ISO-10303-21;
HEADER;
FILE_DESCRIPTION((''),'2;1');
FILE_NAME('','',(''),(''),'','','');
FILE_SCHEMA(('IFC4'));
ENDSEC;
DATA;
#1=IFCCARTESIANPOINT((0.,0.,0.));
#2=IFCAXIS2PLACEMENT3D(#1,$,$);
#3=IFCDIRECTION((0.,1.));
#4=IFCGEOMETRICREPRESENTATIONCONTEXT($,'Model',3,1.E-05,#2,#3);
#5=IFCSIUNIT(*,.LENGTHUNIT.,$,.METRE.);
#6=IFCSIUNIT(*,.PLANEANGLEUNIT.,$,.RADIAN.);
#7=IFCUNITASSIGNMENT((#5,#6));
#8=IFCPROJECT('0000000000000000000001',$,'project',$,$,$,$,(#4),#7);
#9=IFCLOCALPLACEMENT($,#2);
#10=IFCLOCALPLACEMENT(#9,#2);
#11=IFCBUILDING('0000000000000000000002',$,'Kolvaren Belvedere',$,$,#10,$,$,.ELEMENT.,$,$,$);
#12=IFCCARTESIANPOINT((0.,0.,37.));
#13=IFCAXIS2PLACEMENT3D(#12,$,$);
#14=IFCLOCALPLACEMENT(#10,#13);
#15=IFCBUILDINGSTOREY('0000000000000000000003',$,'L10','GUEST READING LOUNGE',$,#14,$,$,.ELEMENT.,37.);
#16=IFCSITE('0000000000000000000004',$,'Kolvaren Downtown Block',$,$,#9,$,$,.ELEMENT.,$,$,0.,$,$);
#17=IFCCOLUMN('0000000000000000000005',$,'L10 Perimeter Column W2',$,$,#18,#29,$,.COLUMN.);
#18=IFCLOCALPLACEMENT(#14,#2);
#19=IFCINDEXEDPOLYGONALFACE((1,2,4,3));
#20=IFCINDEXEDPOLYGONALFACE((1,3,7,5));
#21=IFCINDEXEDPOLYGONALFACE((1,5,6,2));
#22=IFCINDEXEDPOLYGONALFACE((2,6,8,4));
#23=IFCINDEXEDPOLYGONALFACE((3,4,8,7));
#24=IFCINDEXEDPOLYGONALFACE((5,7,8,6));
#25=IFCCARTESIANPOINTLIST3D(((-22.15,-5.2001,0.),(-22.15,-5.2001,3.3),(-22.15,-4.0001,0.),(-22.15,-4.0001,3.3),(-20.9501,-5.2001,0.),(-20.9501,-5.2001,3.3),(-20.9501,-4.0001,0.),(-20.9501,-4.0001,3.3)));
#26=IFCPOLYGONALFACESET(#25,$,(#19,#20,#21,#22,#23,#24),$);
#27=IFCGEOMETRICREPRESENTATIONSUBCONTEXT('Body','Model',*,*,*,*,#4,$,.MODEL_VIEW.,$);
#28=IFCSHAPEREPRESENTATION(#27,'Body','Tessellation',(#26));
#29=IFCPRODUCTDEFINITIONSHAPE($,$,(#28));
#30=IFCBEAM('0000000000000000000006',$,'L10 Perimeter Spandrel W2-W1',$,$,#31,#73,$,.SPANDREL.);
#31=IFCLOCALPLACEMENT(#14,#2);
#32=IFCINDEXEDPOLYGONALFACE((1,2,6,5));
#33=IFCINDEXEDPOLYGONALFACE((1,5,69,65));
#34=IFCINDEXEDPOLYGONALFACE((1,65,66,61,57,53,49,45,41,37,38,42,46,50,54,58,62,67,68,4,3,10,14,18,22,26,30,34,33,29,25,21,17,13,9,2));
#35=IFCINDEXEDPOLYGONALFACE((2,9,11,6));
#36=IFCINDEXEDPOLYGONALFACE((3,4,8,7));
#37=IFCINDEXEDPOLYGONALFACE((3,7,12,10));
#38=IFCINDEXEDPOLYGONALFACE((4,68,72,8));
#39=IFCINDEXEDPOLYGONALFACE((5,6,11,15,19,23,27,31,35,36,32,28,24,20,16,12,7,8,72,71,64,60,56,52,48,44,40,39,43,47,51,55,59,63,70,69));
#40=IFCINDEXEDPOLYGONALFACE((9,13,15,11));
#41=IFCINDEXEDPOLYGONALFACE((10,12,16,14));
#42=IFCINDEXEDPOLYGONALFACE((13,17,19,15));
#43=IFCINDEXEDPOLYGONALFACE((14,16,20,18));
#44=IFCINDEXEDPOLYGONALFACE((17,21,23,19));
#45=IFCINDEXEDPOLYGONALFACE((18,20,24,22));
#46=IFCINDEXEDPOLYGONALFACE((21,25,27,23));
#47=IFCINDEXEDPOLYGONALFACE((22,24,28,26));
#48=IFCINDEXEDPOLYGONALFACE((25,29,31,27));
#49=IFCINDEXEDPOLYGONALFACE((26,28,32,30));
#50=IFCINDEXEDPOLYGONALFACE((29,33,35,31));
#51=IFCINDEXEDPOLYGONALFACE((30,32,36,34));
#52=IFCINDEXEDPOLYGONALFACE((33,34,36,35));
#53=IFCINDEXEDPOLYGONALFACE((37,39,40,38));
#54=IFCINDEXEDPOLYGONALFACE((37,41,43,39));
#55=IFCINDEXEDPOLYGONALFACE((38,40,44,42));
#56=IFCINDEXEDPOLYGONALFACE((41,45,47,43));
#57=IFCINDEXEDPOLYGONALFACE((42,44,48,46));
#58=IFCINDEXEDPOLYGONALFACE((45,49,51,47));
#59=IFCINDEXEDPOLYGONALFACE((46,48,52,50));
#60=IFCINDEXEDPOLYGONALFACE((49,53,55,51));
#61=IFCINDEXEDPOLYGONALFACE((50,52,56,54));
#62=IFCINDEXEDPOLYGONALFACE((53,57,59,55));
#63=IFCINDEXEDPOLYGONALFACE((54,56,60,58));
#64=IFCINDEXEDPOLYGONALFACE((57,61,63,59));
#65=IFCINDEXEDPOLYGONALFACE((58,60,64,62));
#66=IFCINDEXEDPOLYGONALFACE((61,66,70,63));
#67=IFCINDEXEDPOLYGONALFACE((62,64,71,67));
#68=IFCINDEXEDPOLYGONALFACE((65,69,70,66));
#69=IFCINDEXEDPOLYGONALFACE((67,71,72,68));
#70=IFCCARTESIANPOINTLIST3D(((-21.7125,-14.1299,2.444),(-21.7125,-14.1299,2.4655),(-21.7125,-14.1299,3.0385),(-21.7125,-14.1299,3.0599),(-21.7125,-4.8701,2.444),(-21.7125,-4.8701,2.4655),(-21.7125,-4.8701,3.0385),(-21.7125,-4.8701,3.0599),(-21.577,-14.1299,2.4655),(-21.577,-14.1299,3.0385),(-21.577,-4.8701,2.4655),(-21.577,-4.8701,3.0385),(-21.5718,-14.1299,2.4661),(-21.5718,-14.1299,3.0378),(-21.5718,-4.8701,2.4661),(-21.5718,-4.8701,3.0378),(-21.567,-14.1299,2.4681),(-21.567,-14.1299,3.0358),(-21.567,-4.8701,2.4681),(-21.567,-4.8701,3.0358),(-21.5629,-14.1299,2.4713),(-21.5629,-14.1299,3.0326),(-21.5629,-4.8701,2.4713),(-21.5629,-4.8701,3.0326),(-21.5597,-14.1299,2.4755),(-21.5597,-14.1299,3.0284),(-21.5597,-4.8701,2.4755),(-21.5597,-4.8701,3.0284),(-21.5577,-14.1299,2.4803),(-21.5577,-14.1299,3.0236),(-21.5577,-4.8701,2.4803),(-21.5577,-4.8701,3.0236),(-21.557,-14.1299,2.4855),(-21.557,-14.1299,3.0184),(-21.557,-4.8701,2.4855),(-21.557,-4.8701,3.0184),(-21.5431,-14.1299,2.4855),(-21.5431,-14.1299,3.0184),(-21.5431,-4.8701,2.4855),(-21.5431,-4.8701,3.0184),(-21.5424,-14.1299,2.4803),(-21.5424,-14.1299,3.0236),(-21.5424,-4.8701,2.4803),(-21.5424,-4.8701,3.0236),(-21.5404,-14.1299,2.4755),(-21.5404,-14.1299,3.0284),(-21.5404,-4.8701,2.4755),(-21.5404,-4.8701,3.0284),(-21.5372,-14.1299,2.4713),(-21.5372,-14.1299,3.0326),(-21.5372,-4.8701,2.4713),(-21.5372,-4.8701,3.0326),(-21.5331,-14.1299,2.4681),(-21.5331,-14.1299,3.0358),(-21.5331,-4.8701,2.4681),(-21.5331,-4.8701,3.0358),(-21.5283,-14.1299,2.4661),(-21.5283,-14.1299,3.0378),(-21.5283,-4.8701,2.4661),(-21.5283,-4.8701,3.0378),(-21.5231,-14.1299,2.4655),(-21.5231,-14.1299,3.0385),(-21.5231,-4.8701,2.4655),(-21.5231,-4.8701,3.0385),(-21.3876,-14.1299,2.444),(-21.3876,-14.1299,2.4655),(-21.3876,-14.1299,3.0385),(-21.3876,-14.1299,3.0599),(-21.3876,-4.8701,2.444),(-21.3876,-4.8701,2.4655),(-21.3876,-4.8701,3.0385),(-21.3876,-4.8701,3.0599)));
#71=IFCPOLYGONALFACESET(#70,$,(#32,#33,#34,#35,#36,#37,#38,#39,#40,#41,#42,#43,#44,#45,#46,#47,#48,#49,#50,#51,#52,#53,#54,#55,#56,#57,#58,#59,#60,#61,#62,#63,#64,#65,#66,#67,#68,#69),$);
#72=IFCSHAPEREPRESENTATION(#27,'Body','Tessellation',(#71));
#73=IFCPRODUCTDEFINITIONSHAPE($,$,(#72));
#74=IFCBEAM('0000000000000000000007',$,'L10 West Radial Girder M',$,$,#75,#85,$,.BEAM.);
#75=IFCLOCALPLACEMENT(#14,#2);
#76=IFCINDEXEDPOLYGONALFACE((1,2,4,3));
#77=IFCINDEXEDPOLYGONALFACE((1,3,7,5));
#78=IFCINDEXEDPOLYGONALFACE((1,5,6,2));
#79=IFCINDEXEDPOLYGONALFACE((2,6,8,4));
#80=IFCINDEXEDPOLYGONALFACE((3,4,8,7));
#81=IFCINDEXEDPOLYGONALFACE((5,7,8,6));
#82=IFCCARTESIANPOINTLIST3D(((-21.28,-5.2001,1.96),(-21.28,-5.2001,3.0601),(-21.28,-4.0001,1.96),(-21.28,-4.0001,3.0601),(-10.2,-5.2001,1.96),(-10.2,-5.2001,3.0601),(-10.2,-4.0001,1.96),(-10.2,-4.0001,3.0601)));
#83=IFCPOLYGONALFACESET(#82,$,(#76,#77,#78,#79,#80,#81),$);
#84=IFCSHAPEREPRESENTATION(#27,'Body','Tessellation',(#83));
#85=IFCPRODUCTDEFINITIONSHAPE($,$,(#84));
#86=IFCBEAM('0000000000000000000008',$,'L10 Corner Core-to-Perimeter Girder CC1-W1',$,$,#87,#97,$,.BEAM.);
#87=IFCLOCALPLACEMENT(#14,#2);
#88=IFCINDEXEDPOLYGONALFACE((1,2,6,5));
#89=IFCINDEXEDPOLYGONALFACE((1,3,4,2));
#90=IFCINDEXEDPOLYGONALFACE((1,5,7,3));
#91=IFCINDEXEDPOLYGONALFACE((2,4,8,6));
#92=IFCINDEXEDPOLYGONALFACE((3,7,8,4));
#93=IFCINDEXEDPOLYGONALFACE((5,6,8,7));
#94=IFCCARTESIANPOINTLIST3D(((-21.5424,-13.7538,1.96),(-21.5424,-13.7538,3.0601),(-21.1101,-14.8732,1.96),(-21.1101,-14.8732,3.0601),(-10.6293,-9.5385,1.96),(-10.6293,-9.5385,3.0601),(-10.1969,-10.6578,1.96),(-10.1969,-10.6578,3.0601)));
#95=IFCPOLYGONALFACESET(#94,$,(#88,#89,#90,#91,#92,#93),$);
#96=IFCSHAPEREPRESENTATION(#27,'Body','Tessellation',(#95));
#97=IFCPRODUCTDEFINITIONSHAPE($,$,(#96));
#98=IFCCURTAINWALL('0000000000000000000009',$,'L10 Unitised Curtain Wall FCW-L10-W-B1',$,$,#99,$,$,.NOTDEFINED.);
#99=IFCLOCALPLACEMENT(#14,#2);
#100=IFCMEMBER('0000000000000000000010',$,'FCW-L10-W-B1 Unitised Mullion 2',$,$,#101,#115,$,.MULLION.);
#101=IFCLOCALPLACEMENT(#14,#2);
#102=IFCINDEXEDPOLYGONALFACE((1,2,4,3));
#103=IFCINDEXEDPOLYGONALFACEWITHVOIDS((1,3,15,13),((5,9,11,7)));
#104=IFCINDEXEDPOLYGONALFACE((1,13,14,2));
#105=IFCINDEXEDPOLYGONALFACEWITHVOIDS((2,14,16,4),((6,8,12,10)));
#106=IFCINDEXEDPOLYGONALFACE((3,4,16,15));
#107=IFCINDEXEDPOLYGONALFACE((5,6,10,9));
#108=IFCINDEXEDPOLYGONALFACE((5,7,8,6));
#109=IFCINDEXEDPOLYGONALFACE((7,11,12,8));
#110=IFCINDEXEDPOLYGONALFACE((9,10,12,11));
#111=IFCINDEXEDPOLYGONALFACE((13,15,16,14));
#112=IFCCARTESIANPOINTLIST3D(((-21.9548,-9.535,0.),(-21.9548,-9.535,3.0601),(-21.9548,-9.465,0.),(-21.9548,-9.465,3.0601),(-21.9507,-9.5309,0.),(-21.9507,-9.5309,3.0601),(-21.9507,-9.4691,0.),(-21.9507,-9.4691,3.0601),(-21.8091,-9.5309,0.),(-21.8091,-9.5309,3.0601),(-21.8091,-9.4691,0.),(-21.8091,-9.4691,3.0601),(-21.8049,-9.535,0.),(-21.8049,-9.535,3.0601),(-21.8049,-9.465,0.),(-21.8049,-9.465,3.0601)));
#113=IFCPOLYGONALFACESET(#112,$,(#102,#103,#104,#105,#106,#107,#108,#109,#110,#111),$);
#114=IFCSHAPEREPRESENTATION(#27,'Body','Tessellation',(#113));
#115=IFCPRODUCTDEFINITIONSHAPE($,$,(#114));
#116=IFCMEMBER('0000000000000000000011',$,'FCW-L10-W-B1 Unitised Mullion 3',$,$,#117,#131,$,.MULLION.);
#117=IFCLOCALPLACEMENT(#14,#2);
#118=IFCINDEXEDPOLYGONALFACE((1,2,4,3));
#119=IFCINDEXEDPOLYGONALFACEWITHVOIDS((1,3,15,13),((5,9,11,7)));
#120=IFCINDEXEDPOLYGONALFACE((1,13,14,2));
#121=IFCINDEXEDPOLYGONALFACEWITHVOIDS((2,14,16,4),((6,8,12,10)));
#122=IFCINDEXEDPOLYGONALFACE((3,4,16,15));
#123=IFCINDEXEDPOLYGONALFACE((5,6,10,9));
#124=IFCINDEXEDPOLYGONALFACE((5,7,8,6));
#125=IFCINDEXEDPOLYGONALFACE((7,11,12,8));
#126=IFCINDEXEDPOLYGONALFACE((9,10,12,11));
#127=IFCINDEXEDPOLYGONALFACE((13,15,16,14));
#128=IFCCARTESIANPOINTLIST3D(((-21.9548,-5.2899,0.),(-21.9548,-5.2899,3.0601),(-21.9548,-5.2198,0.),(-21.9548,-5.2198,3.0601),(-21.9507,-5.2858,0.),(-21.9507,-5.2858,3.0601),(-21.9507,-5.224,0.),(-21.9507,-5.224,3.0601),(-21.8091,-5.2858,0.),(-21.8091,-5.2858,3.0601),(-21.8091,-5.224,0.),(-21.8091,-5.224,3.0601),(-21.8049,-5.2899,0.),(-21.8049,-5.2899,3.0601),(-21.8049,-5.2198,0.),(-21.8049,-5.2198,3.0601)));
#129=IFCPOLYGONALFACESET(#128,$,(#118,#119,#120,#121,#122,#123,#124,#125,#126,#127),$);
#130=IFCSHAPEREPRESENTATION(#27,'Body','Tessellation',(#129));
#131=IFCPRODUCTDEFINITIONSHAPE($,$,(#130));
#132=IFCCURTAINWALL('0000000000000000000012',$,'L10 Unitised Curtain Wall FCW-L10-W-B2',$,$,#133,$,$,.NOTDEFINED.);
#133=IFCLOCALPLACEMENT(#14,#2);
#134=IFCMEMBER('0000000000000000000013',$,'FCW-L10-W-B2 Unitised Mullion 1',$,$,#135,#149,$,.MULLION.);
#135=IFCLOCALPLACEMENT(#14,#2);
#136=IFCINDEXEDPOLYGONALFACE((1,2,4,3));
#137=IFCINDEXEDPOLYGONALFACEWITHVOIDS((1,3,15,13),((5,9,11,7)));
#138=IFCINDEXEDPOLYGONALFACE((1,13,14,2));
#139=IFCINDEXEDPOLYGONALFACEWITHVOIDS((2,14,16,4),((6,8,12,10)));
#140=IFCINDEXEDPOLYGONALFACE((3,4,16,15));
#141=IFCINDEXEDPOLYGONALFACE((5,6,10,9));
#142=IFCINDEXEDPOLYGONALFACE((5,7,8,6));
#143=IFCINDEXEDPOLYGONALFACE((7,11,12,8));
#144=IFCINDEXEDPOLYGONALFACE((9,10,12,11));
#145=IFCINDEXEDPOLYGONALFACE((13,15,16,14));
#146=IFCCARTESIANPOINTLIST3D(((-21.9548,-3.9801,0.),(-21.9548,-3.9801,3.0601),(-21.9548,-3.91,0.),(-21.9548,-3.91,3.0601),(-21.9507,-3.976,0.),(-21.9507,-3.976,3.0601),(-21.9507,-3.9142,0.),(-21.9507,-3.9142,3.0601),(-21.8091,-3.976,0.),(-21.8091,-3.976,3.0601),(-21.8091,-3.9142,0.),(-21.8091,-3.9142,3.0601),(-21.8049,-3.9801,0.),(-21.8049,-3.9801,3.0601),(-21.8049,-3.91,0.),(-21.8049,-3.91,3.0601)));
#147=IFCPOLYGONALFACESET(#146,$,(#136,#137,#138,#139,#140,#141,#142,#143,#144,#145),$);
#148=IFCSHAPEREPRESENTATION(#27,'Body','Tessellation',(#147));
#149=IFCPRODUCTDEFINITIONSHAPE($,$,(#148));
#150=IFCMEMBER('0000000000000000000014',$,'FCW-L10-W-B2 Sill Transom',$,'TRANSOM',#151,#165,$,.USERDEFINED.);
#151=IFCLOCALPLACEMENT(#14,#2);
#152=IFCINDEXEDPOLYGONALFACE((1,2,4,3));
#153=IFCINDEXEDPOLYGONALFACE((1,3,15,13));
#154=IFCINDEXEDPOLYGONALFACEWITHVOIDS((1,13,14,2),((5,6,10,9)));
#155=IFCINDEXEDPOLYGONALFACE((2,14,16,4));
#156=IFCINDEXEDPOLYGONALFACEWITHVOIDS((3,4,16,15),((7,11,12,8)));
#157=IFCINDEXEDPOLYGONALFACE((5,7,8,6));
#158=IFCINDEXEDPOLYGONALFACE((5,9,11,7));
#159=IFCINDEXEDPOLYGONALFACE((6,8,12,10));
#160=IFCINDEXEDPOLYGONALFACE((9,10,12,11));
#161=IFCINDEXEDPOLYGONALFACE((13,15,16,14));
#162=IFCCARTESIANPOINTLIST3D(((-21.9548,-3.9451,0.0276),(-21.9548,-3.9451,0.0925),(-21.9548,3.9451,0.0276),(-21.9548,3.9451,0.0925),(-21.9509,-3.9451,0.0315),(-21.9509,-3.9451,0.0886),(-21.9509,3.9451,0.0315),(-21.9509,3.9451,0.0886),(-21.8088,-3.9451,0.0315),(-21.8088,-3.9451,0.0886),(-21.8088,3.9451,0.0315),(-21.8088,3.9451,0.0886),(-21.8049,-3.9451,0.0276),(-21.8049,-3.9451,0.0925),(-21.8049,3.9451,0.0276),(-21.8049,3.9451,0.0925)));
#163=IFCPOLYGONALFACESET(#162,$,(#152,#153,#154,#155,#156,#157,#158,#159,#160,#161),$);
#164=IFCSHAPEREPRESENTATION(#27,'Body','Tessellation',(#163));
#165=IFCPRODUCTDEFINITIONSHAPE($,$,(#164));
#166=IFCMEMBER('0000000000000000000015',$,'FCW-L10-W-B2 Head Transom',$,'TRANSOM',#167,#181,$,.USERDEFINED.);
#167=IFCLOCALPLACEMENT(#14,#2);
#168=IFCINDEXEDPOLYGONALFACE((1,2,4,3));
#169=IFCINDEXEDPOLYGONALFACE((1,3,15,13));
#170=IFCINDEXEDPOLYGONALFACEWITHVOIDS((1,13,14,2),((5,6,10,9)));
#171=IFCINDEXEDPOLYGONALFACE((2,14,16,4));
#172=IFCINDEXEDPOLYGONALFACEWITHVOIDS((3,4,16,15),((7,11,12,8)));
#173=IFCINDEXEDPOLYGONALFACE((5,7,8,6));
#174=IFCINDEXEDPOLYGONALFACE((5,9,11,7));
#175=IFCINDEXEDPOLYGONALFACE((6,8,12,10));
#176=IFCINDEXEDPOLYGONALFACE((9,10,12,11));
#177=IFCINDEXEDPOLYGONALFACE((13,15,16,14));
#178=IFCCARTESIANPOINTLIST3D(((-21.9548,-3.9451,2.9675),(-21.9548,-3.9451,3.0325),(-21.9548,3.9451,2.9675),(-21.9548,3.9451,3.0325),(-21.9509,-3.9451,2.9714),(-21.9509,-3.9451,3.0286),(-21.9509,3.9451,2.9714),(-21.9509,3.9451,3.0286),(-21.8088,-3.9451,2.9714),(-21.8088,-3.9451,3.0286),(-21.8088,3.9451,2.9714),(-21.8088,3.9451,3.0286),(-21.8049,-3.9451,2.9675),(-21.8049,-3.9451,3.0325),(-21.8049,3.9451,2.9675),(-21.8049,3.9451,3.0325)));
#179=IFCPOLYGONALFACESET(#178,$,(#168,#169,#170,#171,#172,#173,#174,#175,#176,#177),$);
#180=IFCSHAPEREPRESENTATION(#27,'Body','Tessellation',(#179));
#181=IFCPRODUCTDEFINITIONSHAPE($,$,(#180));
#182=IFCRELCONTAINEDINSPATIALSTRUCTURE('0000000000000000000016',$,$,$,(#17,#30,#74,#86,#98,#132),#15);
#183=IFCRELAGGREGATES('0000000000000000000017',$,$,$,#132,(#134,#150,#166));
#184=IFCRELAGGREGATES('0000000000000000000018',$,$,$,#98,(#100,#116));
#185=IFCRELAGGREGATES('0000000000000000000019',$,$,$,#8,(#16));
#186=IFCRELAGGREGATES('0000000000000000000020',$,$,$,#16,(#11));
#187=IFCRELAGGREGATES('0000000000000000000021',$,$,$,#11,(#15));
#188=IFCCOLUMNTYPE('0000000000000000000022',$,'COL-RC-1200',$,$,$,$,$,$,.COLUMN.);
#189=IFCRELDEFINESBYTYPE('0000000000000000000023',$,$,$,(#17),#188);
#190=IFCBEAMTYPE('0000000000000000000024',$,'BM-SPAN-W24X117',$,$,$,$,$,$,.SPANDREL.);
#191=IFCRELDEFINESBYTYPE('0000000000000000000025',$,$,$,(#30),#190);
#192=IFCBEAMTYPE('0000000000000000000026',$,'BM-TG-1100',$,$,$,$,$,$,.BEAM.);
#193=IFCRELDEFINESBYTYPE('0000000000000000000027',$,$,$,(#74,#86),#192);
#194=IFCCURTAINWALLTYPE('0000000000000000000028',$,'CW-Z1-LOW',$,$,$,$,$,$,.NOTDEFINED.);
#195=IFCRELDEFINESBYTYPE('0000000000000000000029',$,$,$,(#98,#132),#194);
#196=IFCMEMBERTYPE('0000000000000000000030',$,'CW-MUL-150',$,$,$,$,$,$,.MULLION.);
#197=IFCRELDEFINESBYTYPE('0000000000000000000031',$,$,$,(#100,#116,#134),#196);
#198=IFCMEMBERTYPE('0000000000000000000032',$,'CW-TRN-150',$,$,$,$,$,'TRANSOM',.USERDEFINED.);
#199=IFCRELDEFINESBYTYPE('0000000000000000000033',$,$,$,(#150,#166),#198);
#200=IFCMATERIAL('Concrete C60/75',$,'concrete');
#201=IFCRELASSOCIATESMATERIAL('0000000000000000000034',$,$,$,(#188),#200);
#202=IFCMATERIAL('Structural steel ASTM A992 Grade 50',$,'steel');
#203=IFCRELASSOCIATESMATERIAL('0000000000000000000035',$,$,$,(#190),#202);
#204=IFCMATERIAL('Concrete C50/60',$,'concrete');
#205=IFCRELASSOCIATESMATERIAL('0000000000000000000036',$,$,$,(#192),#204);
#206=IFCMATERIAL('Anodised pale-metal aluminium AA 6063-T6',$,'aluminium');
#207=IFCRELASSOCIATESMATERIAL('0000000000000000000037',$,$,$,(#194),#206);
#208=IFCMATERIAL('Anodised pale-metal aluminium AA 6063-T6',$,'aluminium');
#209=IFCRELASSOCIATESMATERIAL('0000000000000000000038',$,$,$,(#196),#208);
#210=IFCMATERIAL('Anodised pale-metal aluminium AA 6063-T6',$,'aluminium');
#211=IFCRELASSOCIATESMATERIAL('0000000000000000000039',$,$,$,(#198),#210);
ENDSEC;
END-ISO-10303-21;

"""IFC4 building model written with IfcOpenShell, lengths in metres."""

from ifc_helpers import new_model, si_unit, direction, frame, origin, origin_2d, place, context, subcontext, project, spatial, rectangle, hollow_rectangle, i_section, extrude, material, material_profile, profile_set, type_object, element, aggregate, save


model = new_model("IFC4")

# Units and contexts
model_context = context("Model", 3, precision=1e-05, world=origin(), true_north=direction((0.0, 1.0)))
body_context = subcontext(model_context, "Body", "Model", "MODEL_VIEW")
ifc_project = project(units=[si_unit("LENGTHUNIT", "METRE"), si_unit("PLANEANGLEUNIT", "RADIAN")], contexts=[model_context])

# Site, building, storey
site_placement = place(None, origin())
site = spatial("IfcSite", under=ifc_project, at=site_placement, Name="Kolvaren Downtown Block", CompositionType="ELEMENT", RefElevation=0.0)
building_placement = place(site_placement, origin())
building = spatial("IfcBuilding", under=site, at=building_placement, Name="Kolvaren Belvedere", CompositionType="ELEMENT")
storey_placement = place(building_placement, frame((0.0, 0.0, 37.0)))
storey = spatial("IfcBuildingStorey", under=building, at=storey_placement, Name="L10", Description="GUEST READING LOUNGE", CompositionType="ELEMENT", Elevation=37.0)

# Column
ifc_material_1 = material(Name="Concrete C60/75", Category="concrete")
ifc_material_profile_1 = material_profile(ifc_material_1, rectangle(XDim=1.2, YDim=1.2, at=origin_2d()), Name="RC 1200X1200")
ifc_profile_set_1 = profile_set([ifc_material_profile_1], Name="Concrete C60/75")
column_type = type_object("IfcColumnType", Name="COL-RC-1200", PredefinedType="COLUMN", material=ifc_profile_set_1)
column_placement = place(storey_placement, frame((-21.55, -4.6001, 0.0), z_axis=(0.0, 0.0, 1.0), x_axis=(1.0, 0.0, 0.0)))
element("IfcColumn", 1, at=column_placement, inside=storey, type_object=column_type, Name="L10 Perimeter Column W2", PredefinedType="COLUMN", context=body_context, shape_type="SweptSolid", body=[
    extrude(rectangle(XDim=1.2, YDim=1.2, at=origin_2d()), origin(), (0.0, 0.0, 1.0), 3.3),
])

# Beams
ifc_material_2 = material(Name="Structural steel ASTM A992 Grade 50", Category="steel")
ifc_material_profile_2 = material_profile(ifc_material_2, i_section(OverallWidth=0.325, OverallDepth=0.616, WebThickness=0.0139, FlangeThickness=0.0215, FilletRadius=0.02, at=origin_2d()), Name="W24X117")
ifc_profile_set_2 = profile_set([ifc_material_profile_2], Name="Structural steel ASTM A992 Grade 50")
beam_type_1 = type_object("IfcBeamType", Name="BM-SPAN-W24X117", PredefinedType="SPANDREL", material=ifc_profile_set_2)
beam_1_placement = place(storey_placement, frame((-21.55, -4.8701, 2.752), z_axis=(0.0, -1.0, 0.0), x_axis=(1.0, 0.0, 0.0)))
element("IfcBeam", 2, at=beam_1_placement, inside=storey, type_object=beam_type_1, Name="L10 Perimeter Spandrel W2-W1", PredefinedType="SPANDREL", context=body_context, shape_type="SweptSolid", body=[
    extrude(i_section(OverallWidth=0.325, OverallDepth=0.616, WebThickness=0.0139, FlangeThickness=0.0215, FilletRadius=0.02, at=origin_2d()), origin(), (0.0, 0.0, 1.0), 9.2598),
])
ifc_material_3 = material(Name="Concrete C50/60", Category="concrete")
ifc_material_profile_3 = material_profile(ifc_material_3, rectangle(XDim=1.2, YDim=1.1001, at=origin_2d()), Name="RC 1200X1100")
ifc_profile_set_3 = profile_set([ifc_material_profile_3], Name="Concrete C50/60")
beam_type_2 = type_object("IfcBeamType", Name="BM-TG-1100", PredefinedType="BEAM", material=ifc_profile_set_3)
beam_2_placement = place(storey_placement, frame((-10.2, -4.6001, 2.51), z_axis=(-1.0, 0.0, 0.0), x_axis=(0.0, -1.0, 0.0)))
element("IfcBeam", 3, at=beam_2_placement, inside=storey, type_object=beam_type_2, Name="L10 West Radial Girder M", PredefinedType="BEAM", context=body_context, shape_type="SweptSolid", body=[
    extrude(rectangle(XDim=1.2, YDim=1.1001, at=origin_2d()), origin(), (0.0, 0.0, 1.0), 11.0801),
])
beam_3_placement = place(storey_placement, frame((-10.4131, -10.0981, 2.51), z_axis=(-0.932829, -0.360318, 0.0), x_axis=(0.360318, -0.932829, 0.0)))
element("IfcBeam", 4, at=beam_3_placement, inside=storey, type_object=beam_type_2, Name="L10 Corner Core-to-Perimeter Girder CC1-W1", PredefinedType="BEAM", context=body_context, shape_type="SweptSolid", body=[
    extrude(rectangle(XDim=1.2, YDim=1.1001, at=origin_2d()), origin(), (0.0, 0.0, 1.0), 11.699),
])

# Curtain walls, members
ifc_material_4 = material(Name="Anodised pale-metal aluminium AA 6063-T6", Category="aluminium")
curtain_wall_type = type_object("IfcCurtainWallType", Name="CW-Z1-LOW", PredefinedType="NOTDEFINED", material=ifc_material_4)
curtain_wall_1_placement = place(storey_placement, origin())
curtain_wall_1 = element("IfcCurtainWall", 5, at=curtain_wall_1_placement, inside=storey, type_object=curtain_wall_type, Name="L10 Unitised Curtain Wall FCW-L10-W-B1", PredefinedType="NOTDEFINED")
ifc_material_5 = material(Name="Anodised pale-metal aluminium AA 6063-T6", Category="aluminium")
ifc_material_profile_4 = material_profile(ifc_material_5, hollow_rectangle(XDim=0.0701, YDim=0.1499, WallThickness=0.0042, at=origin_2d()), Name="ALU-MUL-150X70")
ifc_profile_set_4 = profile_set([ifc_material_profile_4], Name="Anodised pale-metal aluminium AA 6063-T6")
member_type_1 = type_object("IfcMemberType", Name="CW-MUL-150", PredefinedType="MULLION", material=ifc_profile_set_4)
member_1_placement = place(storey_placement, frame((-21.8799, -9.5, 0.0), z_axis=(0.0, 0.0, 1.0), x_axis=(0.0, 1.0, 0.0)))
member_1 = element("IfcMember", 6, at=member_1_placement, type_object=member_type_1, Name="FCW-L10-W-B1 Unitised Mullion 2", PredefinedType="MULLION", context=body_context, shape_type="SweptSolid", body=[
    extrude(hollow_rectangle(XDim=0.0701, YDim=0.1499, WallThickness=0.0042, at=origin_2d()), origin(), (0.0, 0.0, 1.0), 3.0601),
])
member_2_placement = place(storey_placement, frame((-21.8799, -5.2549, 0.0), z_axis=(0.0, 0.0, 1.0), x_axis=(0.0, 1.0, 0.0)))
member_2 = element("IfcMember", 7, at=member_2_placement, type_object=member_type_1, Name="FCW-L10-W-B1 Unitised Mullion 3", PredefinedType="MULLION", context=body_context, shape_type="SweptSolid", body=[
    extrude(hollow_rectangle(XDim=0.0701, YDim=0.1499, WallThickness=0.0042, at=origin_2d()), origin(), (0.0, 0.0, 1.0), 3.0601),
])
curtain_wall_2_placement = place(storey_placement, origin())
curtain_wall_2 = element("IfcCurtainWall", 8, at=curtain_wall_2_placement, inside=storey, type_object=curtain_wall_type, Name="L10 Unitised Curtain Wall FCW-L10-W-B2", PredefinedType="NOTDEFINED")
member_3_placement = place(storey_placement, frame((-21.8799, -3.9451, 0.0), z_axis=(0.0, 0.0, 1.0), x_axis=(0.0, 1.0, 0.0)))
member_3 = element("IfcMember", 9, at=member_3_placement, type_object=member_type_1, Name="FCW-L10-W-B2 Unitised Mullion 1", PredefinedType="MULLION", context=body_context, shape_type="SweptSolid", body=[
    extrude(hollow_rectangle(XDim=0.0701, YDim=0.1499, WallThickness=0.0042, at=origin_2d()), origin(), (0.0, 0.0, 1.0), 3.0601),
])
ifc_material_6 = material(Name="Anodised pale-metal aluminium AA 6063-T6", Category="aluminium")
ifc_material_profile_5 = material_profile(ifc_material_6, hollow_rectangle(XDim=0.0649, YDim=0.1499, WallThickness=0.0039, at=origin_2d()), Name="ALU-TRN-150X65")
ifc_profile_set_5 = profile_set([ifc_material_profile_5], Name="Anodised pale-metal aluminium AA 6063-T6")
member_type_2 = type_object("IfcMemberType", Name="CW-TRN-150", ElementType="TRANSOM", PredefinedType="USERDEFINED", material=ifc_profile_set_5)
member_4_placement = place(storey_placement, frame((-21.8799, -3.9451, 0.0601), z_axis=(0.0, 1.0, 0.0), x_axis=(0.0, 0.0, 1.0)))
member_4 = element("IfcMember", 10, at=member_4_placement, type_object=member_type_2, Name="FCW-L10-W-B2 Sill Transom", ObjectType="TRANSOM", PredefinedType="USERDEFINED", context=body_context, shape_type="SweptSolid", body=[
    extrude(hollow_rectangle(XDim=0.0649, YDim=0.1499, WallThickness=0.0039, at=origin_2d()), origin(), (0.0, 0.0, 1.0), 7.8901),
])
member_5_placement = place(storey_placement, frame((-21.8799, -3.9451, 3.0), z_axis=(0.0, 1.0, 0.0), x_axis=(0.0, 0.0, 1.0)))
member_5 = element("IfcMember", 11, at=member_5_placement, type_object=member_type_2, Name="FCW-L10-W-B2 Head Transom", ObjectType="TRANSOM", PredefinedType="USERDEFINED", context=body_context, shape_type="SweptSolid", body=[
    extrude(hollow_rectangle(XDim=0.0649, YDim=0.1499, WallThickness=0.0039, at=origin_2d()), origin(), (0.0, 0.0, 1.0), 7.8901),
])
aggregate(curtain_wall_2, [member_3, member_4, member_5])

aggregate(curtain_wall_1, [member_1, member_2])

save(model, "model.ifc")
